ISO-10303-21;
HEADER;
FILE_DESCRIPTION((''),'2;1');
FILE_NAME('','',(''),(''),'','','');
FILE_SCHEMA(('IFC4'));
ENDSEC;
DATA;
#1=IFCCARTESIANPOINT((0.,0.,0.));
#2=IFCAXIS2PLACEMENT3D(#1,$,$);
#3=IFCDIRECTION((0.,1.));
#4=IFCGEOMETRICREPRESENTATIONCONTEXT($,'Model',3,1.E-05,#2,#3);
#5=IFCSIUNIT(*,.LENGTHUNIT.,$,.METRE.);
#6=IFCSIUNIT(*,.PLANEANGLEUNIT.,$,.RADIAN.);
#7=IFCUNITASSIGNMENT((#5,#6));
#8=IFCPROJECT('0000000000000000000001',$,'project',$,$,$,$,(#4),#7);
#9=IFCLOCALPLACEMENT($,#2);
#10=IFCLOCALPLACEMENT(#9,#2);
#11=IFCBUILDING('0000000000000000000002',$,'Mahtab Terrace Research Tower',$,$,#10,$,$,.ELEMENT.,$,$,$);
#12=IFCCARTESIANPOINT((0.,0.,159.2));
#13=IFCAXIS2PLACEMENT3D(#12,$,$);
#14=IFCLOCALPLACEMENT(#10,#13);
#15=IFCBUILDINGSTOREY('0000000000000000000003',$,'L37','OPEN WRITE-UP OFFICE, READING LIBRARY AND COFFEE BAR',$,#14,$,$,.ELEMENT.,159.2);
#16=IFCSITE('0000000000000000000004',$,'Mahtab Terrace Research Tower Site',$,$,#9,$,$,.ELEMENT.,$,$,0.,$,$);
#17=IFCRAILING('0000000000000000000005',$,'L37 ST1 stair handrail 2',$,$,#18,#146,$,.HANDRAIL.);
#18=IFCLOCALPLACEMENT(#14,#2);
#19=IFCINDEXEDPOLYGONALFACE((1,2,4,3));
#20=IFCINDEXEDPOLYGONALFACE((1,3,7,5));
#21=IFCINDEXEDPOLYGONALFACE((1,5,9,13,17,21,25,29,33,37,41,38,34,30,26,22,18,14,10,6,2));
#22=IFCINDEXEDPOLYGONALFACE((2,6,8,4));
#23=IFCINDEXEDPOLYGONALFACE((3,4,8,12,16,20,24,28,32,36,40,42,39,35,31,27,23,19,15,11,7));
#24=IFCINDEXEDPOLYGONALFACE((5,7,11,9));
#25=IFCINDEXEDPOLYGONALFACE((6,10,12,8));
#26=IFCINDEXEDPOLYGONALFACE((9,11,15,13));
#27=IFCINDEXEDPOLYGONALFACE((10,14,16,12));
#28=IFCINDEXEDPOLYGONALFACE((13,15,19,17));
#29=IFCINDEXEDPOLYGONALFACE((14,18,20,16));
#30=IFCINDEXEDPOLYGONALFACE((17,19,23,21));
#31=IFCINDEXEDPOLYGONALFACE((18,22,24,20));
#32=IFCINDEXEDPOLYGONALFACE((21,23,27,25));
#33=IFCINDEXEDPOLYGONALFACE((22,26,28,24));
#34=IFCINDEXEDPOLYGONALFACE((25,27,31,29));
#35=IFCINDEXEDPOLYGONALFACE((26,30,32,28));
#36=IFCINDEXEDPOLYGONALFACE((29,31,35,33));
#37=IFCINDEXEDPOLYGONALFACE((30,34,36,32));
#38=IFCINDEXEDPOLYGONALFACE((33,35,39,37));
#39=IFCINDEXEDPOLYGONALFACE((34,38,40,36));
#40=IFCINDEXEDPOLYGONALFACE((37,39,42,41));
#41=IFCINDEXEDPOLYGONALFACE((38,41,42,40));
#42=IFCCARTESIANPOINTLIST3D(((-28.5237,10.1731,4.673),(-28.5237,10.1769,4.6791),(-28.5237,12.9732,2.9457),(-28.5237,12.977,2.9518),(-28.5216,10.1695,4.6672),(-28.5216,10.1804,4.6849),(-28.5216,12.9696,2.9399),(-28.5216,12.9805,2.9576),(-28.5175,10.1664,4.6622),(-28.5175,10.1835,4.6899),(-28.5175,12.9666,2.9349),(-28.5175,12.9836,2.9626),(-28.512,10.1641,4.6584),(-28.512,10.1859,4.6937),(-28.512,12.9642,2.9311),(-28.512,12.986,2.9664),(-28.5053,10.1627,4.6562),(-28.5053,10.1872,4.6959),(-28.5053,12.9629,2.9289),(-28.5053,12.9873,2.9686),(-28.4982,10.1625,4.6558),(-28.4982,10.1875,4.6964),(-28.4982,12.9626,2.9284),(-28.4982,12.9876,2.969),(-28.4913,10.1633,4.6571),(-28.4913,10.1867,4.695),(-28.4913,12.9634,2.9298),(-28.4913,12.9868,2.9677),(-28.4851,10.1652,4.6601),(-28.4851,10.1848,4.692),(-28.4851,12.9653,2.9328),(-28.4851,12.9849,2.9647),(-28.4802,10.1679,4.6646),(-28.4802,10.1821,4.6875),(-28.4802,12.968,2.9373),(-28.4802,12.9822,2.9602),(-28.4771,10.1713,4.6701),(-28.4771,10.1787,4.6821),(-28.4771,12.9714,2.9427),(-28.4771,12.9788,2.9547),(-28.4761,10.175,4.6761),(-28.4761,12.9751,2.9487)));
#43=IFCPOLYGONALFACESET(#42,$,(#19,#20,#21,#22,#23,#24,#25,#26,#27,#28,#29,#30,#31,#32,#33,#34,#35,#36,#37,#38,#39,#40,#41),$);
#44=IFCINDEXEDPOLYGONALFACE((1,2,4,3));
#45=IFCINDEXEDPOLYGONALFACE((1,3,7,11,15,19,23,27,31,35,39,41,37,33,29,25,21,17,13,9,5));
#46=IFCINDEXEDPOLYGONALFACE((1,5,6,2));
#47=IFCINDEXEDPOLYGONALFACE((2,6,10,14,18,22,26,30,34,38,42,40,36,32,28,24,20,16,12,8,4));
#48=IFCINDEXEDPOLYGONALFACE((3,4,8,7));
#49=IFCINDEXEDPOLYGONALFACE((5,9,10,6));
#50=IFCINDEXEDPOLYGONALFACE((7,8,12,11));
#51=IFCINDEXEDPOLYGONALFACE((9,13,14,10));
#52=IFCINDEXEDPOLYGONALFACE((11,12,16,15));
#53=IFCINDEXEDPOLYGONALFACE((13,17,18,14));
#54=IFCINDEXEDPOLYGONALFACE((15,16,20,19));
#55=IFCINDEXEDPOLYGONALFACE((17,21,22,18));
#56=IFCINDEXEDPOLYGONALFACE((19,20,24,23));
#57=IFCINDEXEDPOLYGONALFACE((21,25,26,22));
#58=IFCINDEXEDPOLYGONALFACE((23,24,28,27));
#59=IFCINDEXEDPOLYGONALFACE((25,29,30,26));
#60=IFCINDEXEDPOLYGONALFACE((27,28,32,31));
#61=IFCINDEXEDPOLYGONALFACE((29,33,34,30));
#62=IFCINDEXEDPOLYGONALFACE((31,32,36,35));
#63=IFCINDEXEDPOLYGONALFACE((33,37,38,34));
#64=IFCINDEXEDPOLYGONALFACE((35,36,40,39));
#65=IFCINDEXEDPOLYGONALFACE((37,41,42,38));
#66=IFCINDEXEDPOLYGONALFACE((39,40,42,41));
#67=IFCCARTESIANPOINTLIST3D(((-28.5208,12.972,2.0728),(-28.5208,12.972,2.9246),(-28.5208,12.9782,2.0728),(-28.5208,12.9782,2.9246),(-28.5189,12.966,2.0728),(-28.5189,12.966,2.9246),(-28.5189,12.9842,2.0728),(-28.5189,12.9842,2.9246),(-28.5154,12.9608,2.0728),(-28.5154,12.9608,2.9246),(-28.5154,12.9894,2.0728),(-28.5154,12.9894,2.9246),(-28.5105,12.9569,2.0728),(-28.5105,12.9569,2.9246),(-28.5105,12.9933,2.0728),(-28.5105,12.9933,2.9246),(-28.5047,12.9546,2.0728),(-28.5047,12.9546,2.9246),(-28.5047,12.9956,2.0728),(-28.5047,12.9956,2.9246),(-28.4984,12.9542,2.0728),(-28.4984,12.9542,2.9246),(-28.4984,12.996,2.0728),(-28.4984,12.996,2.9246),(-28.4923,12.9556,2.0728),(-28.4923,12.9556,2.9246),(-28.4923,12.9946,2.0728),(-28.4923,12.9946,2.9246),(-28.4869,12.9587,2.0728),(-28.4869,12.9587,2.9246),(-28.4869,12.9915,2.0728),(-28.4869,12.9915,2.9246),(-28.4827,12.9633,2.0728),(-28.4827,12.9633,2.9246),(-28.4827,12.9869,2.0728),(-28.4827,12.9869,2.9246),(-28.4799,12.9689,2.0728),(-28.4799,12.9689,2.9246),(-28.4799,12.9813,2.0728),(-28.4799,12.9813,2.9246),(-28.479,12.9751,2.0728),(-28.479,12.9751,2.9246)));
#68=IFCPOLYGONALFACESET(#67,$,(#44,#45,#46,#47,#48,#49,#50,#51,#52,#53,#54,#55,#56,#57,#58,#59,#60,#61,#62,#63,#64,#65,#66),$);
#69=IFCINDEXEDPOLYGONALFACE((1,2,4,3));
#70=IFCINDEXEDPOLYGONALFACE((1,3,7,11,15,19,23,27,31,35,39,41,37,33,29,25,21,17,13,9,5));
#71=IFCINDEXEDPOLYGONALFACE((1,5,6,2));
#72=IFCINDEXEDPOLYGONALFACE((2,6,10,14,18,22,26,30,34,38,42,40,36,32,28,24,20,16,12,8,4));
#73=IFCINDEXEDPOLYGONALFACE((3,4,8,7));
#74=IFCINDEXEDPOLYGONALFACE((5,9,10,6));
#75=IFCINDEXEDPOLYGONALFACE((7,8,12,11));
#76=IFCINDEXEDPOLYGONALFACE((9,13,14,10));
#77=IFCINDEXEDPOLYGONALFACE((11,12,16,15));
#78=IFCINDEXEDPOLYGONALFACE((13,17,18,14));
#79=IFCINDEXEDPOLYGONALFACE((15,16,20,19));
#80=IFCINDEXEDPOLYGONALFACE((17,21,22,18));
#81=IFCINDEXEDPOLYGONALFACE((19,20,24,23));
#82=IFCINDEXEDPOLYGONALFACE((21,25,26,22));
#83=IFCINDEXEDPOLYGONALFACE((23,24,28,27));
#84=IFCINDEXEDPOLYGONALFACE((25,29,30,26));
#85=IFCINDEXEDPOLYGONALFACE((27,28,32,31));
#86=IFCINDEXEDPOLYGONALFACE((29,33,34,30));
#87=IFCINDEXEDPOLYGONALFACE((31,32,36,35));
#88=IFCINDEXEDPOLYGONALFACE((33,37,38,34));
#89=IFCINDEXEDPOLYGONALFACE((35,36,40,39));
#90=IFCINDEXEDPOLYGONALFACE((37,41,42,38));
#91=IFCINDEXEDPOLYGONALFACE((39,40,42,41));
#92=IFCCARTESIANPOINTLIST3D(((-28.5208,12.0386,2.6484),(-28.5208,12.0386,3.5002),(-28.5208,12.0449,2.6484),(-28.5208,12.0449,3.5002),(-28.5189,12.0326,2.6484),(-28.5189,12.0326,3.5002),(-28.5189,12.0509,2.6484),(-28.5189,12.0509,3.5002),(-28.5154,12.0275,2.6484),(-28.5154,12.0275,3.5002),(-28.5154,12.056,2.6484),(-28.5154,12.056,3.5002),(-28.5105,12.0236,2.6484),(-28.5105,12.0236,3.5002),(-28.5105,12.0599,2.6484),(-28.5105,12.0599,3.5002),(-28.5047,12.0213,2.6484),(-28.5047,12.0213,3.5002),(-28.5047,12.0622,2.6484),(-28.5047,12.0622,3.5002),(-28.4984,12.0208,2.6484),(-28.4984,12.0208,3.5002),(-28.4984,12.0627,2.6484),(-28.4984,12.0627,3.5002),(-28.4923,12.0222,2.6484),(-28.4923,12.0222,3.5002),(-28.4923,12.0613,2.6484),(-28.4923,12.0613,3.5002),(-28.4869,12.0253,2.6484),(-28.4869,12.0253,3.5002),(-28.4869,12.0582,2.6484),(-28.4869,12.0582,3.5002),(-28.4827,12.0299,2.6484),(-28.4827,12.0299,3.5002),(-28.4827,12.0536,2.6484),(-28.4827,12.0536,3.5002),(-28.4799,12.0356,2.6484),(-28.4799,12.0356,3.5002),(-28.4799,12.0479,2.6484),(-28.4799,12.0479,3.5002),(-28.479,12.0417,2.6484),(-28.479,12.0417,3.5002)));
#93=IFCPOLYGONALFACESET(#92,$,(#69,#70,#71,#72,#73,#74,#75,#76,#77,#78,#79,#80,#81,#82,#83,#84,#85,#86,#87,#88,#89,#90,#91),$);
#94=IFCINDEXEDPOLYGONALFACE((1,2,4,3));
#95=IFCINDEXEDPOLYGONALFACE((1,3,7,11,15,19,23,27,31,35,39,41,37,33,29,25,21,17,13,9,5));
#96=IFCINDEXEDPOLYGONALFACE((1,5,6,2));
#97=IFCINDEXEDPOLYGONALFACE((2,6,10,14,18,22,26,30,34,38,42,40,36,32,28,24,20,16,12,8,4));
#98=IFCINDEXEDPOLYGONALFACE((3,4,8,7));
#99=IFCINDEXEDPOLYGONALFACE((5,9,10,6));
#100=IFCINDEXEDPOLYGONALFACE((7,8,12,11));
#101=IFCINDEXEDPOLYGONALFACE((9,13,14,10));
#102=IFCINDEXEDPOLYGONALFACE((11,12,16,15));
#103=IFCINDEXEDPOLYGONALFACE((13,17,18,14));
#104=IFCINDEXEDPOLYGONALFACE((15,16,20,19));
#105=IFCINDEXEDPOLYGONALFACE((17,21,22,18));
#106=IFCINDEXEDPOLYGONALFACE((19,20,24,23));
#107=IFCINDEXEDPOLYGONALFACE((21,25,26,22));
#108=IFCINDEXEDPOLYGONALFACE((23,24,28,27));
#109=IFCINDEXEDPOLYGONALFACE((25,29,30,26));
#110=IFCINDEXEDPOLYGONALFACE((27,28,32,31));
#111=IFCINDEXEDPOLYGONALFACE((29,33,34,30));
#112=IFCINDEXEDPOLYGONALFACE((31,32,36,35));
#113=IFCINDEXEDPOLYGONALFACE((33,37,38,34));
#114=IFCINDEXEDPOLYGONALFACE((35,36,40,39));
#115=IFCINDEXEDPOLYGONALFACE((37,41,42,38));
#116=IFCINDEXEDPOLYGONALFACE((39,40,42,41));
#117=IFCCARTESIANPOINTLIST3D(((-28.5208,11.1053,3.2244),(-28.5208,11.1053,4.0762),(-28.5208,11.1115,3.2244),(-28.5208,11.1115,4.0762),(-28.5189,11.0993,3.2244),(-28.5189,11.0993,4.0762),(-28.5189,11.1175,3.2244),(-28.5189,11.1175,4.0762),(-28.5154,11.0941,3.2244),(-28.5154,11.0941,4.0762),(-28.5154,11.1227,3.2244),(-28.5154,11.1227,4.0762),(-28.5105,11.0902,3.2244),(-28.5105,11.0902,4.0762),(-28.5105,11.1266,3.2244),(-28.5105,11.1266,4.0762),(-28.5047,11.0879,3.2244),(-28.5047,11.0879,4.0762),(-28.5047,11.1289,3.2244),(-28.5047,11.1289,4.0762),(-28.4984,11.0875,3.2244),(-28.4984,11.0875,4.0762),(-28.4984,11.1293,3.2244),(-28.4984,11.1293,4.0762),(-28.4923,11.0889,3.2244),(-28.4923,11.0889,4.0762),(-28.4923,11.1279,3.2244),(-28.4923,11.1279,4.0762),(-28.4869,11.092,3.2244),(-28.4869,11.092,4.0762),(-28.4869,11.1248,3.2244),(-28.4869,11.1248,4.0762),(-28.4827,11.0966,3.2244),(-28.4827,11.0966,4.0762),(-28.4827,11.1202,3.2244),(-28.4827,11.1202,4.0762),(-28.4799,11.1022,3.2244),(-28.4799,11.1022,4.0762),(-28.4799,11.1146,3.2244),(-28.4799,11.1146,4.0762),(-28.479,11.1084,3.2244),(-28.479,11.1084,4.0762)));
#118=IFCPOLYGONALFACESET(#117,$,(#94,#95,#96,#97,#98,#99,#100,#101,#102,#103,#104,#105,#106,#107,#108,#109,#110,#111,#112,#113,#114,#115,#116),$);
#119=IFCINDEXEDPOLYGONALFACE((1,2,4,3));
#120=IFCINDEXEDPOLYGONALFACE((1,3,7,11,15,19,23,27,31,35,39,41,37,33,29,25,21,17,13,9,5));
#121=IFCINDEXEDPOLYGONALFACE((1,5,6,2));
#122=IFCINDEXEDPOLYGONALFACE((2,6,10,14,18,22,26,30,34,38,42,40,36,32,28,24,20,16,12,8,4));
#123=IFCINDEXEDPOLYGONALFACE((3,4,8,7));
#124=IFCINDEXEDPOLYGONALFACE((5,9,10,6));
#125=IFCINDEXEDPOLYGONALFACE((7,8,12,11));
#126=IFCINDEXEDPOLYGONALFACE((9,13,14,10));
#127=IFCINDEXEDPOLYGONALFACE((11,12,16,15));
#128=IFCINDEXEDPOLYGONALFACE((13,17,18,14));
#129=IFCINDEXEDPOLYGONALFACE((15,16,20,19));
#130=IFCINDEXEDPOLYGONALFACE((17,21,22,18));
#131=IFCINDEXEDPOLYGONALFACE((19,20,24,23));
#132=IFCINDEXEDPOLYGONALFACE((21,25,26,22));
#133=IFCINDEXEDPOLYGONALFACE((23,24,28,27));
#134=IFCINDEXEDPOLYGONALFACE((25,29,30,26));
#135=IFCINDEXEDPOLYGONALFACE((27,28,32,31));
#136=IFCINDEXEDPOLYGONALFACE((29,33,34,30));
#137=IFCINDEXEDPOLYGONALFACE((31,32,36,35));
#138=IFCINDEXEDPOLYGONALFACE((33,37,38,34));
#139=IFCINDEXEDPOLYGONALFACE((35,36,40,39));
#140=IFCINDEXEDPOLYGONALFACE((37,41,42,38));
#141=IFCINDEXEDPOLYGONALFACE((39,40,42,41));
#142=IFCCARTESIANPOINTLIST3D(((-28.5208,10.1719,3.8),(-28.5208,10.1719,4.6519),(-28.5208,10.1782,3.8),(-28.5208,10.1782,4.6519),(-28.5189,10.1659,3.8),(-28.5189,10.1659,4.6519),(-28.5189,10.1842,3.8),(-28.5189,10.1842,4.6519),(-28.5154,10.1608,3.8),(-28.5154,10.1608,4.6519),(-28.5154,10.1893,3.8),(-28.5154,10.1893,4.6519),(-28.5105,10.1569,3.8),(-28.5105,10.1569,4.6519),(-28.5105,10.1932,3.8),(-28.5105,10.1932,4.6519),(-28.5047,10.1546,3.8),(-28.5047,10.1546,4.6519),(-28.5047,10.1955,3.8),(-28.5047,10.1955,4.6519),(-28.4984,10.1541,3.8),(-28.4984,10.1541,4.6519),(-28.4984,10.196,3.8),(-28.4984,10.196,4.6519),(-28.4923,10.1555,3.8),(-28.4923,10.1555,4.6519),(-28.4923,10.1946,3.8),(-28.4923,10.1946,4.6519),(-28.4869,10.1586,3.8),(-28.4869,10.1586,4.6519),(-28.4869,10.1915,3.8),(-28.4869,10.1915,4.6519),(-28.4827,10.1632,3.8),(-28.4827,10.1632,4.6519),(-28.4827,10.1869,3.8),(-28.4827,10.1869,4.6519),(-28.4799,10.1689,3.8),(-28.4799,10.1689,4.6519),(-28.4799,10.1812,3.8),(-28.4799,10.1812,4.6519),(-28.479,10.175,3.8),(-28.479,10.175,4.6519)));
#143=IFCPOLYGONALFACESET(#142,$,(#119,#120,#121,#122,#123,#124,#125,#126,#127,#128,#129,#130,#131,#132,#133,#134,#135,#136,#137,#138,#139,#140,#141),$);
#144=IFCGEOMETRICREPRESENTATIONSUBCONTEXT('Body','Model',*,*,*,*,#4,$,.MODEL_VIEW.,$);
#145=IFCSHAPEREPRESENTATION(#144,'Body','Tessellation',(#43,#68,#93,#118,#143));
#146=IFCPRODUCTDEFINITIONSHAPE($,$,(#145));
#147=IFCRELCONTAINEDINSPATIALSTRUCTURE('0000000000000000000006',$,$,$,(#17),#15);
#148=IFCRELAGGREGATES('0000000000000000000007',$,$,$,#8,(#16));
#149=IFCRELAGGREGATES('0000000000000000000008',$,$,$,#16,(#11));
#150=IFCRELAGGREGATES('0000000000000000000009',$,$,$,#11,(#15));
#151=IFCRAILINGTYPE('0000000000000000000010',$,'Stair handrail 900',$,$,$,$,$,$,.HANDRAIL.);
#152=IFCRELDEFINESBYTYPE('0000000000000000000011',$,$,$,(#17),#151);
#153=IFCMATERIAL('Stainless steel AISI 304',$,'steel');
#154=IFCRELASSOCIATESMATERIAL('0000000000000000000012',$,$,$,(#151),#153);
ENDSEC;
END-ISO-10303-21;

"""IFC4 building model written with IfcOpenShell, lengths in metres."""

from ifc_helpers import new_model, si_unit, direction, frame, origin, origin_2d, place, context, subcontext, project, spatial, circle, extrude, material, type_object, element, save


model = new_model("IFC4")

# Units and contexts
model_context = context("Model", 3, precision=1e-05, world=origin(), true_north=direction((0.0, 1.0)))
body_context = subcontext(model_context, "Body", "Model", "MODEL_VIEW")
ifc_project = project(units=[si_unit("LENGTHUNIT", "METRE"), si_unit("PLANEANGLEUNIT", "RADIAN")], contexts=[model_context])

# Site, building, storey
site_placement = place(None, origin())
site = spatial("IfcSite", under=ifc_project, at=site_placement, Name="Mahtab Terrace Research Tower Site", CompositionType="ELEMENT", RefElevation=0.0)
building_placement = place(site_placement, origin())
building = spatial("IfcBuilding", under=site, at=building_placement, Name="Mahtab Terrace Research Tower", CompositionType="ELEMENT")
storey_placement = place(building_placement, frame((0.0, 0.0, 159.2)))
storey = spatial("IfcBuildingStorey", under=building, at=storey_placement, Name="L37", Description="OPEN WRITE-UP OFFICE, READING LIBRARY AND COFFEE BAR", CompositionType="ELEMENT", Elevation=159.2)

# Railing
ifc_material_1 = material(Name="Stainless steel AISI 304", Category="steel")
railing_type_1 = type_object("IfcRailingType", Name="Stair handrail 900", PredefinedType="HANDRAIL", material=ifc_material_1)
railing_1_placement = place(storey_placement, frame((-28.5, 12.9751, 2.0728)))
element("IfcRailing", 1, at=railing_1_placement, inside=storey, type_object=railing_type_1, Name="L37 ST1 stair handrail 2", PredefinedType="HANDRAIL", context=body_context, shape_type="SweptSolid", body=[
    extrude(circle(Radius=0.0239, at=origin_2d()), frame((0.0, 0.0, 0.876), z_axis=(0.0, -0.85109, 0.52502), x_axis=(1.0, 0.0, 0.0)), (0.0, 0.0, 1.0), 3.29),
    extrude(circle(Radius=0.021, at=origin_2d()), origin(), (0.0, 0.0, 1.0), 0.8518),
    extrude(circle(Radius=0.021, at=origin_2d()), frame((0.0, -0.9333, 0.5757)), (0.0, 0.0, 1.0), 0.8518),
    extrude(circle(Radius=0.021, at=origin_2d()), frame((0.0, -1.8667, 1.1516)), (0.0, 0.0, 1.0), 0.8518),
    extrude(circle(Radius=0.021, at=origin_2d()), frame((0.0, -2.8, 1.7273)), (0.0, 0.0, 1.0), 0.8518),
])

save(model, "model.ifc")
